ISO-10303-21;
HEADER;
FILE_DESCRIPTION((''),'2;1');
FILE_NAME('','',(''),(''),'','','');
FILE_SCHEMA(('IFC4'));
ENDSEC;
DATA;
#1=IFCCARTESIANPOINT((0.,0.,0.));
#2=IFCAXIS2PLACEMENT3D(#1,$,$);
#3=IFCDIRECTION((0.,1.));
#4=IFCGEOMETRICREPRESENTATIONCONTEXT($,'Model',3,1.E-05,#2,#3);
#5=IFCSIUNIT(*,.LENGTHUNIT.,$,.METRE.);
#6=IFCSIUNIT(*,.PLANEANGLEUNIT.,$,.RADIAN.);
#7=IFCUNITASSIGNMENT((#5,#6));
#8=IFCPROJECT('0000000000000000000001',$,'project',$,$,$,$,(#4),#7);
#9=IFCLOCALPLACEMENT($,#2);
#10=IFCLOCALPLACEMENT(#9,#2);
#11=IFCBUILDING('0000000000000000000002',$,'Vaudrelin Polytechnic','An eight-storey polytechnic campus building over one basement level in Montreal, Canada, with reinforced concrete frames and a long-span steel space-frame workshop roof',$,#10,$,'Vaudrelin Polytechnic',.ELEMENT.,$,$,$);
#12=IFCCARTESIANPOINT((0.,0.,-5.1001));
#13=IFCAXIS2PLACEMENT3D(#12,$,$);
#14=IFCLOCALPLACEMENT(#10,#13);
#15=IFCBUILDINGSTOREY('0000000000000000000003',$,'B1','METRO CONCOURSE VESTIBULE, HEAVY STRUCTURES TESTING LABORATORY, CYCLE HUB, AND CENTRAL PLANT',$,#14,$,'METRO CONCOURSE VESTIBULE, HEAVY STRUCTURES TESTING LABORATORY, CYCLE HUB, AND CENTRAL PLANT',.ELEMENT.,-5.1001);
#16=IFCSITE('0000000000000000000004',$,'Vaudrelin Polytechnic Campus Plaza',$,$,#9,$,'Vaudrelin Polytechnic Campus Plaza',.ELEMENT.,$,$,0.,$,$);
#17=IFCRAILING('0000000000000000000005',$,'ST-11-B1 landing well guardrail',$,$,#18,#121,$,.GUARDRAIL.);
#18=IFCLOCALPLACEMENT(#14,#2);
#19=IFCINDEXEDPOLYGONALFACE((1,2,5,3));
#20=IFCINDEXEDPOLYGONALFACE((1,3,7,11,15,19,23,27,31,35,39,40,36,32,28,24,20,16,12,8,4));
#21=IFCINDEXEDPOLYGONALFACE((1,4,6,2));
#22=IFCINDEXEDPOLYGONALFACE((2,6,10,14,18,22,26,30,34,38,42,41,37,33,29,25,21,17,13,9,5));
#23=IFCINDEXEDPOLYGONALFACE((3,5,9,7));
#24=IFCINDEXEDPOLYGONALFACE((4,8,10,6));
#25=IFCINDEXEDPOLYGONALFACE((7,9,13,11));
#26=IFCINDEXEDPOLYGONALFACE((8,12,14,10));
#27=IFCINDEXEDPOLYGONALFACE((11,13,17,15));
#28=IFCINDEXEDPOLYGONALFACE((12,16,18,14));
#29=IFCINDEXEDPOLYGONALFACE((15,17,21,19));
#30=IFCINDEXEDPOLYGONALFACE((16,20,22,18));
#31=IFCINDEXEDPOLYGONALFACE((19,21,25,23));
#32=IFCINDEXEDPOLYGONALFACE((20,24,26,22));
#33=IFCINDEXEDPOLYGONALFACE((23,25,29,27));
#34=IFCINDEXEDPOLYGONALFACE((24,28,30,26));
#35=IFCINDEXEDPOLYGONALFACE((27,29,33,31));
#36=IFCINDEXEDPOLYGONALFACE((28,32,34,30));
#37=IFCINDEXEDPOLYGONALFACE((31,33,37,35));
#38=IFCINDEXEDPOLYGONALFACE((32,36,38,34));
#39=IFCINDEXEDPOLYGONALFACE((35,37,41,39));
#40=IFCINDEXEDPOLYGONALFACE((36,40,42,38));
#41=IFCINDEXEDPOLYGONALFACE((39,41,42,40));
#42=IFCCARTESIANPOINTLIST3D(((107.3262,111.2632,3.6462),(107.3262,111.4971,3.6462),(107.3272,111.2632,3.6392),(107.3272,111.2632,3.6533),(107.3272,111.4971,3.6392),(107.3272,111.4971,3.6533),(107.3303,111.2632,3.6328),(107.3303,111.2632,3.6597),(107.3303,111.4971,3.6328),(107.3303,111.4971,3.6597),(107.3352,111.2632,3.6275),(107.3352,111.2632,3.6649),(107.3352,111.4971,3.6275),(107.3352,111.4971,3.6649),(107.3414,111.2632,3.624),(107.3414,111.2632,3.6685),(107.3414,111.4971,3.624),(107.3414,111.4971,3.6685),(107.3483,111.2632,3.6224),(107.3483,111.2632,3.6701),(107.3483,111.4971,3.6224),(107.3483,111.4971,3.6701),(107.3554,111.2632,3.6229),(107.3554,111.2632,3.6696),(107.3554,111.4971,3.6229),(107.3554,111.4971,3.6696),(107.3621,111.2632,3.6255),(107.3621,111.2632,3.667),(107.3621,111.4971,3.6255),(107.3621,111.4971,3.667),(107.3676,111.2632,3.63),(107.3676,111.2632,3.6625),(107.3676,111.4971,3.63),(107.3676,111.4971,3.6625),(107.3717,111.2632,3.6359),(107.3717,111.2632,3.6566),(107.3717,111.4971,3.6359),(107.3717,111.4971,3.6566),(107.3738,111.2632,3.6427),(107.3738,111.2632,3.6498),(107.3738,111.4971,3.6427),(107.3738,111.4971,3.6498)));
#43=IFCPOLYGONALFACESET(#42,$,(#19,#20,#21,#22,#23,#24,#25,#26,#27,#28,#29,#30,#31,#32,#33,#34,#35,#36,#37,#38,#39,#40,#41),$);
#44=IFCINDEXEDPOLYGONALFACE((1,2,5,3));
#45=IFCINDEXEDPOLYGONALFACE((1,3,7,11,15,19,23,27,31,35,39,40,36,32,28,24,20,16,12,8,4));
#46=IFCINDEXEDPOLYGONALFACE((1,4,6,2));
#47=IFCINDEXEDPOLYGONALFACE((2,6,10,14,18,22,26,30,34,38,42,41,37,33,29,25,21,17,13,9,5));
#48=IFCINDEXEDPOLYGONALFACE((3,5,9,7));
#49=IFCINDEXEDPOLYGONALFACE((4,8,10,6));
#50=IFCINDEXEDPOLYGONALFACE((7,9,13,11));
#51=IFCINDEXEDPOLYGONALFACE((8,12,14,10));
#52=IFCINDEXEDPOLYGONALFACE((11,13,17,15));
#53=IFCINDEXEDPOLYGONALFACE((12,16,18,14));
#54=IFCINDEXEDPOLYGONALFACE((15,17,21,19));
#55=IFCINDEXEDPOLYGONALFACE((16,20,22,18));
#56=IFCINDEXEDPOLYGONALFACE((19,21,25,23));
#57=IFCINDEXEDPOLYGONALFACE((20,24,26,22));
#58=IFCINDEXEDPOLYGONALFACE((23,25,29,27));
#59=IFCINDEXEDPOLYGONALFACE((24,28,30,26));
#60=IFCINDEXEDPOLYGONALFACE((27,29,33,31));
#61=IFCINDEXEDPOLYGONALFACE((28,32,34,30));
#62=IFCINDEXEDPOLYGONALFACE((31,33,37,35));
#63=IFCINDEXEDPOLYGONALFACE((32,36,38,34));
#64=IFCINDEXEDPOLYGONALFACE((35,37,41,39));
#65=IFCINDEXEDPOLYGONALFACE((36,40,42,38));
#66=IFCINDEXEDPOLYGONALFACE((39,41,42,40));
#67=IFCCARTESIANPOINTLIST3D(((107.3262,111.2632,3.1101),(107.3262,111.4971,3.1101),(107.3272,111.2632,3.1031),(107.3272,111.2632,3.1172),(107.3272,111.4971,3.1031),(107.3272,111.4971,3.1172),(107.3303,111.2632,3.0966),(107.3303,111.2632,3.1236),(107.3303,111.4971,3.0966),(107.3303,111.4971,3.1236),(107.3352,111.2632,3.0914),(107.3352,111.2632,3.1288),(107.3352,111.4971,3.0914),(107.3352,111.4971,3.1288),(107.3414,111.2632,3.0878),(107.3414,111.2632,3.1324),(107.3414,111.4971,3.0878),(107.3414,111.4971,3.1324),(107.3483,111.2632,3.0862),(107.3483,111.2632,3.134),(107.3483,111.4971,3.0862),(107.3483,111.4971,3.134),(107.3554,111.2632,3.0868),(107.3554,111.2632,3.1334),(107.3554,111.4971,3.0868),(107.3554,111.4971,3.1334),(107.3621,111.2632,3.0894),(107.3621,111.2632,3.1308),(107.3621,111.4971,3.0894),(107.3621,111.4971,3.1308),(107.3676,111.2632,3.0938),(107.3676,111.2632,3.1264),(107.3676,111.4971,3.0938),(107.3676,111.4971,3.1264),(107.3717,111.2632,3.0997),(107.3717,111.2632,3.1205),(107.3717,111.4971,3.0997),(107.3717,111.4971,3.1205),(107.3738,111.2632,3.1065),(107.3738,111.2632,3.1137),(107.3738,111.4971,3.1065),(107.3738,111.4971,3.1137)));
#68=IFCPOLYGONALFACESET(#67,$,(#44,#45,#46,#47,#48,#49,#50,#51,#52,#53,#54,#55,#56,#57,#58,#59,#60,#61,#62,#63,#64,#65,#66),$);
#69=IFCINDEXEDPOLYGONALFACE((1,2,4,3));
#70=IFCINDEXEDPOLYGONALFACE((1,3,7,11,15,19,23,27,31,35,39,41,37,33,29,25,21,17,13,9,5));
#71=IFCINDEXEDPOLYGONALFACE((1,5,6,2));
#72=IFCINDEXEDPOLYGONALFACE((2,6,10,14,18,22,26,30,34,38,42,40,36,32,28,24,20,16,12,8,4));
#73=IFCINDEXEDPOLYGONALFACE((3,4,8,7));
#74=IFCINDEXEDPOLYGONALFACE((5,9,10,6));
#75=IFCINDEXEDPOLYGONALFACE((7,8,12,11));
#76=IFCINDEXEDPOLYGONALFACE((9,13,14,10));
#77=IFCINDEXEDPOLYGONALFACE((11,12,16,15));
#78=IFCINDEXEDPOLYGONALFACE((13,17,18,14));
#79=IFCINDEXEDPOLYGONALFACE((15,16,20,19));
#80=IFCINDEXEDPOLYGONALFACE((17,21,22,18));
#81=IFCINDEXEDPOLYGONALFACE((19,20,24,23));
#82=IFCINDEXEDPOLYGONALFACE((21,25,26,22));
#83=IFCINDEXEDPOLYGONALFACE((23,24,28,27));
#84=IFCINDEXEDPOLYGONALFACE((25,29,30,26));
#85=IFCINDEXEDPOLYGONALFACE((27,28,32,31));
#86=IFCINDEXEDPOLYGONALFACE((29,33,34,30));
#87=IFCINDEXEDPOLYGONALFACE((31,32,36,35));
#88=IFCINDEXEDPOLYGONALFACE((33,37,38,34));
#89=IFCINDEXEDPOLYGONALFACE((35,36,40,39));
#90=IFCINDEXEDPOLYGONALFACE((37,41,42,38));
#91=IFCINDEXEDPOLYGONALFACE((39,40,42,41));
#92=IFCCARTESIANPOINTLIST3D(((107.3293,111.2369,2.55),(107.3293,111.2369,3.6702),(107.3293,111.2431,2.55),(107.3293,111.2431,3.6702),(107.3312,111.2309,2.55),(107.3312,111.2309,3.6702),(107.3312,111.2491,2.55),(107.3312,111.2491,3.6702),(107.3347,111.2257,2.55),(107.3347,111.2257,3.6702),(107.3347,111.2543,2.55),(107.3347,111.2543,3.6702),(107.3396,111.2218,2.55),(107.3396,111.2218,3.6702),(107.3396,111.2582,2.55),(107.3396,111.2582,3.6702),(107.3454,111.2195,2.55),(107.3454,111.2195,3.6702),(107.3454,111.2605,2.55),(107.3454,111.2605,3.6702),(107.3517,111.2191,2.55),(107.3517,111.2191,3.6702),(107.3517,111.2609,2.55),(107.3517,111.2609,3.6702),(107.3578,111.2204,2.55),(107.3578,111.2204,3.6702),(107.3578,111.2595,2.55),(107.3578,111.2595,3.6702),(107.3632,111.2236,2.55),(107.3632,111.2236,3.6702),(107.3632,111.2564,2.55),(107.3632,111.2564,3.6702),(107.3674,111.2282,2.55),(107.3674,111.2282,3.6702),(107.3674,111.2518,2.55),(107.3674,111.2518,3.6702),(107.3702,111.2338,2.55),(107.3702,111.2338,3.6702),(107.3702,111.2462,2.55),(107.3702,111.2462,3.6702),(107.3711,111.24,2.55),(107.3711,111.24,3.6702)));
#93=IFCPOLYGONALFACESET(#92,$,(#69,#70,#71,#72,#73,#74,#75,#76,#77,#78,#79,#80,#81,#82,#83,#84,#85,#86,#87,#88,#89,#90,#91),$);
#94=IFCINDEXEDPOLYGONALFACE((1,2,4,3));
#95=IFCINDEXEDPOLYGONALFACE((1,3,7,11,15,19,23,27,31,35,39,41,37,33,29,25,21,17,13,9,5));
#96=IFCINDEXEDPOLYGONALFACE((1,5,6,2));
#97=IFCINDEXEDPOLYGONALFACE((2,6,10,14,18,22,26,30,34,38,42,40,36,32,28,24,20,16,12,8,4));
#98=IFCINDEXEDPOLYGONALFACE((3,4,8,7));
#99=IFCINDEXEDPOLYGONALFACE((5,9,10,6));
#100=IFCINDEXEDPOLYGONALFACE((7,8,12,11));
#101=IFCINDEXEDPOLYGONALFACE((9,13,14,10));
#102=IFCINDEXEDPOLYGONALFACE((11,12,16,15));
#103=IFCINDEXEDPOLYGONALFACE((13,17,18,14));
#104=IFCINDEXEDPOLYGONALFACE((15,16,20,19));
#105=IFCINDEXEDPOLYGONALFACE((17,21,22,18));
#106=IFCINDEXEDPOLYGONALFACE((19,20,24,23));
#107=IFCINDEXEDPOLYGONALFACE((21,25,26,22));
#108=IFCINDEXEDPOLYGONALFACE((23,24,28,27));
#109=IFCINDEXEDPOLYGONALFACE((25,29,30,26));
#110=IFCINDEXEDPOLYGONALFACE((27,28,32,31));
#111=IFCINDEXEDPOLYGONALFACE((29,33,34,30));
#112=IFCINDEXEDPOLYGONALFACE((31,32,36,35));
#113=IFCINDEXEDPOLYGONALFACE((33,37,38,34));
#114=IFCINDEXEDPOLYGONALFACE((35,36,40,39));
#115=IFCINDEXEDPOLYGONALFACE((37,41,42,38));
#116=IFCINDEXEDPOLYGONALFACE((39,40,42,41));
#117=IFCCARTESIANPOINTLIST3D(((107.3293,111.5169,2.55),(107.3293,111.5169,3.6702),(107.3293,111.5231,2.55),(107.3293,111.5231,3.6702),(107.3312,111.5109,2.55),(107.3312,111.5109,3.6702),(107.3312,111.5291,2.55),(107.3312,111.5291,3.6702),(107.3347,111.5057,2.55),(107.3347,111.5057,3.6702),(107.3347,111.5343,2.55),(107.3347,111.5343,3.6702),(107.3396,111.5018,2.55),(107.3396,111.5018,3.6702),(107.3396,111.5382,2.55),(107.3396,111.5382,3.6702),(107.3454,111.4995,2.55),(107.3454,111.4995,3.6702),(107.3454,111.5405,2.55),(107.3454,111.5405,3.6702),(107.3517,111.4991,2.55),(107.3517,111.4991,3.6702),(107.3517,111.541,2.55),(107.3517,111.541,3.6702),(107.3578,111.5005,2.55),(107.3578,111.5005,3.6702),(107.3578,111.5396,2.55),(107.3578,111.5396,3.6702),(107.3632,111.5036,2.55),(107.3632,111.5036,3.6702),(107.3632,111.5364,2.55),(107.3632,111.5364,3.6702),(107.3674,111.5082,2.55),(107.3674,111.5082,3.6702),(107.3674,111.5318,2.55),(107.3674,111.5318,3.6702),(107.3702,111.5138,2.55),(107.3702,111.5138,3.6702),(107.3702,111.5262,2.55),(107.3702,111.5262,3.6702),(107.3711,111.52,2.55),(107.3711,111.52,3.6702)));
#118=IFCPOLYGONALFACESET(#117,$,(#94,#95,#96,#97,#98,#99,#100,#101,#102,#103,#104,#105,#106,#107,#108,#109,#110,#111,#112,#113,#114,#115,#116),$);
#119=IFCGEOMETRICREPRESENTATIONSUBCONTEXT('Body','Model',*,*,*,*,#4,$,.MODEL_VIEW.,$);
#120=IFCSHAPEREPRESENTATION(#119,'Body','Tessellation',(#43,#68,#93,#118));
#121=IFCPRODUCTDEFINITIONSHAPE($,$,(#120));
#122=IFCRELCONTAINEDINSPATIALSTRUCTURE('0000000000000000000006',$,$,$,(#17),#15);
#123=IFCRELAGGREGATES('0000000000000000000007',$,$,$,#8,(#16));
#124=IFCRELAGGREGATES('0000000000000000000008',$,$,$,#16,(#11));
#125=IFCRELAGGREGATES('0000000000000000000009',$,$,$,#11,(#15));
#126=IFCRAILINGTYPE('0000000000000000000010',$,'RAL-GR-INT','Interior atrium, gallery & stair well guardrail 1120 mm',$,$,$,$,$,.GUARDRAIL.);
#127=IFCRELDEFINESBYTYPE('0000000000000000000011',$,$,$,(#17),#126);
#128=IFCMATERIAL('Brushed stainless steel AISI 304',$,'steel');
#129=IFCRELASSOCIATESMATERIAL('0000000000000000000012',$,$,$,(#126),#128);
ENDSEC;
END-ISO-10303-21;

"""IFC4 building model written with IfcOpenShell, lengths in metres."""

from ifc_helpers import new_model, si_unit, direction, frame, origin, origin_2d, place, context, subcontext, project, spatial, circle, extrude, material, type_object, element, save


model = new_model("IFC4")

# Units and contexts
model_context = context("Model", 3, precision=1e-05, world=origin(), true_north=direction((0.0, 1.0)))
body_context = subcontext(model_context, "Body", "Model", "MODEL_VIEW")
ifc_project = project(units=[si_unit("LENGTHUNIT", "METRE"), si_unit("PLANEANGLEUNIT", "RADIAN")], contexts=[model_context])

# Site, building, storey
site_placement = place(None, origin())
site = spatial("IfcSite", under=ifc_project, at=site_placement, Name="Vaudrelin Polytechnic Campus Plaza", LongName="Vaudrelin Polytechnic Campus Plaza", CompositionType="ELEMENT", RefElevation=0.0)
building_placement = place(site_placement, origin())
building = spatial("IfcBuilding", under=site, at=building_placement, Name="Vaudrelin Polytechnic", Description="An eight-storey polytechnic campus building over one basement level in Montreal, Canada, with reinforced concrete frames and a long-span steel space-frame workshop roof", LongName="Vaudrelin Polytechnic", CompositionType="ELEMENT")
storey_placement = place(building_placement, frame((0.0, 0.0, -5.1001)))
storey = spatial("IfcBuildingStorey", under=building, at=storey_placement, Name="B1", Description="METRO CONCOURSE VESTIBULE, HEAVY STRUCTURES TESTING LABORATORY, CYCLE HUB, AND CENTRAL PLANT", LongName="METRO CONCOURSE VESTIBULE, HEAVY STRUCTURES TESTING LABORATORY, CYCLE HUB, AND CENTRAL PLANT", CompositionType="ELEMENT", Elevation=-5.1001)

# Railing
ifc_material_1 = material(Name="Brushed stainless steel AISI 304", Category="steel")
railing_type_1 = type_object("IfcRailingType", Name="RAL-GR-INT", Description="Interior atrium, gallery & stair well guardrail 1120 mm", PredefinedType="GUARDRAIL", material=ifc_material_1)
railing_1_placement = place(storey_placement, frame((107.3501, 111.24, 2.55)))
element("IfcRailing", 1, at=railing_1_placement, inside=storey, type_object=railing_type_1, Name="ST-11-B1 landing well guardrail", PredefinedType="GUARDRAIL", context=body_context, shape_type="SweptSolid", body=[
    extrude(circle(Radius=0.0239, at=origin_2d()), frame((0.0, 0.0232, 1.0962), z_axis=(0.0, 1.0, 0.0), x_axis=(-1.0, 0.0, 0.0)), (0.0, 0.0, 1.0), 0.2339),
    extrude(circle(Radius=0.0239, at=origin_2d()), frame((0.0, 0.0232, 0.5601), z_axis=(0.0, 1.0, 0.0), x_axis=(-1.0, 0.0, 0.0)), (0.0, 0.0, 1.0), 0.2339),
    extrude(circle(Radius=0.021, at=origin_2d()), origin(), (0.0, 0.0, 1.0), 1.1201),
    extrude(circle(Radius=0.021, at=origin_2d()), frame((0.0, 0.28, 0.0)), (0.0, 0.0, 1.0), 1.1201),
])

save(model, "model.ifc")
